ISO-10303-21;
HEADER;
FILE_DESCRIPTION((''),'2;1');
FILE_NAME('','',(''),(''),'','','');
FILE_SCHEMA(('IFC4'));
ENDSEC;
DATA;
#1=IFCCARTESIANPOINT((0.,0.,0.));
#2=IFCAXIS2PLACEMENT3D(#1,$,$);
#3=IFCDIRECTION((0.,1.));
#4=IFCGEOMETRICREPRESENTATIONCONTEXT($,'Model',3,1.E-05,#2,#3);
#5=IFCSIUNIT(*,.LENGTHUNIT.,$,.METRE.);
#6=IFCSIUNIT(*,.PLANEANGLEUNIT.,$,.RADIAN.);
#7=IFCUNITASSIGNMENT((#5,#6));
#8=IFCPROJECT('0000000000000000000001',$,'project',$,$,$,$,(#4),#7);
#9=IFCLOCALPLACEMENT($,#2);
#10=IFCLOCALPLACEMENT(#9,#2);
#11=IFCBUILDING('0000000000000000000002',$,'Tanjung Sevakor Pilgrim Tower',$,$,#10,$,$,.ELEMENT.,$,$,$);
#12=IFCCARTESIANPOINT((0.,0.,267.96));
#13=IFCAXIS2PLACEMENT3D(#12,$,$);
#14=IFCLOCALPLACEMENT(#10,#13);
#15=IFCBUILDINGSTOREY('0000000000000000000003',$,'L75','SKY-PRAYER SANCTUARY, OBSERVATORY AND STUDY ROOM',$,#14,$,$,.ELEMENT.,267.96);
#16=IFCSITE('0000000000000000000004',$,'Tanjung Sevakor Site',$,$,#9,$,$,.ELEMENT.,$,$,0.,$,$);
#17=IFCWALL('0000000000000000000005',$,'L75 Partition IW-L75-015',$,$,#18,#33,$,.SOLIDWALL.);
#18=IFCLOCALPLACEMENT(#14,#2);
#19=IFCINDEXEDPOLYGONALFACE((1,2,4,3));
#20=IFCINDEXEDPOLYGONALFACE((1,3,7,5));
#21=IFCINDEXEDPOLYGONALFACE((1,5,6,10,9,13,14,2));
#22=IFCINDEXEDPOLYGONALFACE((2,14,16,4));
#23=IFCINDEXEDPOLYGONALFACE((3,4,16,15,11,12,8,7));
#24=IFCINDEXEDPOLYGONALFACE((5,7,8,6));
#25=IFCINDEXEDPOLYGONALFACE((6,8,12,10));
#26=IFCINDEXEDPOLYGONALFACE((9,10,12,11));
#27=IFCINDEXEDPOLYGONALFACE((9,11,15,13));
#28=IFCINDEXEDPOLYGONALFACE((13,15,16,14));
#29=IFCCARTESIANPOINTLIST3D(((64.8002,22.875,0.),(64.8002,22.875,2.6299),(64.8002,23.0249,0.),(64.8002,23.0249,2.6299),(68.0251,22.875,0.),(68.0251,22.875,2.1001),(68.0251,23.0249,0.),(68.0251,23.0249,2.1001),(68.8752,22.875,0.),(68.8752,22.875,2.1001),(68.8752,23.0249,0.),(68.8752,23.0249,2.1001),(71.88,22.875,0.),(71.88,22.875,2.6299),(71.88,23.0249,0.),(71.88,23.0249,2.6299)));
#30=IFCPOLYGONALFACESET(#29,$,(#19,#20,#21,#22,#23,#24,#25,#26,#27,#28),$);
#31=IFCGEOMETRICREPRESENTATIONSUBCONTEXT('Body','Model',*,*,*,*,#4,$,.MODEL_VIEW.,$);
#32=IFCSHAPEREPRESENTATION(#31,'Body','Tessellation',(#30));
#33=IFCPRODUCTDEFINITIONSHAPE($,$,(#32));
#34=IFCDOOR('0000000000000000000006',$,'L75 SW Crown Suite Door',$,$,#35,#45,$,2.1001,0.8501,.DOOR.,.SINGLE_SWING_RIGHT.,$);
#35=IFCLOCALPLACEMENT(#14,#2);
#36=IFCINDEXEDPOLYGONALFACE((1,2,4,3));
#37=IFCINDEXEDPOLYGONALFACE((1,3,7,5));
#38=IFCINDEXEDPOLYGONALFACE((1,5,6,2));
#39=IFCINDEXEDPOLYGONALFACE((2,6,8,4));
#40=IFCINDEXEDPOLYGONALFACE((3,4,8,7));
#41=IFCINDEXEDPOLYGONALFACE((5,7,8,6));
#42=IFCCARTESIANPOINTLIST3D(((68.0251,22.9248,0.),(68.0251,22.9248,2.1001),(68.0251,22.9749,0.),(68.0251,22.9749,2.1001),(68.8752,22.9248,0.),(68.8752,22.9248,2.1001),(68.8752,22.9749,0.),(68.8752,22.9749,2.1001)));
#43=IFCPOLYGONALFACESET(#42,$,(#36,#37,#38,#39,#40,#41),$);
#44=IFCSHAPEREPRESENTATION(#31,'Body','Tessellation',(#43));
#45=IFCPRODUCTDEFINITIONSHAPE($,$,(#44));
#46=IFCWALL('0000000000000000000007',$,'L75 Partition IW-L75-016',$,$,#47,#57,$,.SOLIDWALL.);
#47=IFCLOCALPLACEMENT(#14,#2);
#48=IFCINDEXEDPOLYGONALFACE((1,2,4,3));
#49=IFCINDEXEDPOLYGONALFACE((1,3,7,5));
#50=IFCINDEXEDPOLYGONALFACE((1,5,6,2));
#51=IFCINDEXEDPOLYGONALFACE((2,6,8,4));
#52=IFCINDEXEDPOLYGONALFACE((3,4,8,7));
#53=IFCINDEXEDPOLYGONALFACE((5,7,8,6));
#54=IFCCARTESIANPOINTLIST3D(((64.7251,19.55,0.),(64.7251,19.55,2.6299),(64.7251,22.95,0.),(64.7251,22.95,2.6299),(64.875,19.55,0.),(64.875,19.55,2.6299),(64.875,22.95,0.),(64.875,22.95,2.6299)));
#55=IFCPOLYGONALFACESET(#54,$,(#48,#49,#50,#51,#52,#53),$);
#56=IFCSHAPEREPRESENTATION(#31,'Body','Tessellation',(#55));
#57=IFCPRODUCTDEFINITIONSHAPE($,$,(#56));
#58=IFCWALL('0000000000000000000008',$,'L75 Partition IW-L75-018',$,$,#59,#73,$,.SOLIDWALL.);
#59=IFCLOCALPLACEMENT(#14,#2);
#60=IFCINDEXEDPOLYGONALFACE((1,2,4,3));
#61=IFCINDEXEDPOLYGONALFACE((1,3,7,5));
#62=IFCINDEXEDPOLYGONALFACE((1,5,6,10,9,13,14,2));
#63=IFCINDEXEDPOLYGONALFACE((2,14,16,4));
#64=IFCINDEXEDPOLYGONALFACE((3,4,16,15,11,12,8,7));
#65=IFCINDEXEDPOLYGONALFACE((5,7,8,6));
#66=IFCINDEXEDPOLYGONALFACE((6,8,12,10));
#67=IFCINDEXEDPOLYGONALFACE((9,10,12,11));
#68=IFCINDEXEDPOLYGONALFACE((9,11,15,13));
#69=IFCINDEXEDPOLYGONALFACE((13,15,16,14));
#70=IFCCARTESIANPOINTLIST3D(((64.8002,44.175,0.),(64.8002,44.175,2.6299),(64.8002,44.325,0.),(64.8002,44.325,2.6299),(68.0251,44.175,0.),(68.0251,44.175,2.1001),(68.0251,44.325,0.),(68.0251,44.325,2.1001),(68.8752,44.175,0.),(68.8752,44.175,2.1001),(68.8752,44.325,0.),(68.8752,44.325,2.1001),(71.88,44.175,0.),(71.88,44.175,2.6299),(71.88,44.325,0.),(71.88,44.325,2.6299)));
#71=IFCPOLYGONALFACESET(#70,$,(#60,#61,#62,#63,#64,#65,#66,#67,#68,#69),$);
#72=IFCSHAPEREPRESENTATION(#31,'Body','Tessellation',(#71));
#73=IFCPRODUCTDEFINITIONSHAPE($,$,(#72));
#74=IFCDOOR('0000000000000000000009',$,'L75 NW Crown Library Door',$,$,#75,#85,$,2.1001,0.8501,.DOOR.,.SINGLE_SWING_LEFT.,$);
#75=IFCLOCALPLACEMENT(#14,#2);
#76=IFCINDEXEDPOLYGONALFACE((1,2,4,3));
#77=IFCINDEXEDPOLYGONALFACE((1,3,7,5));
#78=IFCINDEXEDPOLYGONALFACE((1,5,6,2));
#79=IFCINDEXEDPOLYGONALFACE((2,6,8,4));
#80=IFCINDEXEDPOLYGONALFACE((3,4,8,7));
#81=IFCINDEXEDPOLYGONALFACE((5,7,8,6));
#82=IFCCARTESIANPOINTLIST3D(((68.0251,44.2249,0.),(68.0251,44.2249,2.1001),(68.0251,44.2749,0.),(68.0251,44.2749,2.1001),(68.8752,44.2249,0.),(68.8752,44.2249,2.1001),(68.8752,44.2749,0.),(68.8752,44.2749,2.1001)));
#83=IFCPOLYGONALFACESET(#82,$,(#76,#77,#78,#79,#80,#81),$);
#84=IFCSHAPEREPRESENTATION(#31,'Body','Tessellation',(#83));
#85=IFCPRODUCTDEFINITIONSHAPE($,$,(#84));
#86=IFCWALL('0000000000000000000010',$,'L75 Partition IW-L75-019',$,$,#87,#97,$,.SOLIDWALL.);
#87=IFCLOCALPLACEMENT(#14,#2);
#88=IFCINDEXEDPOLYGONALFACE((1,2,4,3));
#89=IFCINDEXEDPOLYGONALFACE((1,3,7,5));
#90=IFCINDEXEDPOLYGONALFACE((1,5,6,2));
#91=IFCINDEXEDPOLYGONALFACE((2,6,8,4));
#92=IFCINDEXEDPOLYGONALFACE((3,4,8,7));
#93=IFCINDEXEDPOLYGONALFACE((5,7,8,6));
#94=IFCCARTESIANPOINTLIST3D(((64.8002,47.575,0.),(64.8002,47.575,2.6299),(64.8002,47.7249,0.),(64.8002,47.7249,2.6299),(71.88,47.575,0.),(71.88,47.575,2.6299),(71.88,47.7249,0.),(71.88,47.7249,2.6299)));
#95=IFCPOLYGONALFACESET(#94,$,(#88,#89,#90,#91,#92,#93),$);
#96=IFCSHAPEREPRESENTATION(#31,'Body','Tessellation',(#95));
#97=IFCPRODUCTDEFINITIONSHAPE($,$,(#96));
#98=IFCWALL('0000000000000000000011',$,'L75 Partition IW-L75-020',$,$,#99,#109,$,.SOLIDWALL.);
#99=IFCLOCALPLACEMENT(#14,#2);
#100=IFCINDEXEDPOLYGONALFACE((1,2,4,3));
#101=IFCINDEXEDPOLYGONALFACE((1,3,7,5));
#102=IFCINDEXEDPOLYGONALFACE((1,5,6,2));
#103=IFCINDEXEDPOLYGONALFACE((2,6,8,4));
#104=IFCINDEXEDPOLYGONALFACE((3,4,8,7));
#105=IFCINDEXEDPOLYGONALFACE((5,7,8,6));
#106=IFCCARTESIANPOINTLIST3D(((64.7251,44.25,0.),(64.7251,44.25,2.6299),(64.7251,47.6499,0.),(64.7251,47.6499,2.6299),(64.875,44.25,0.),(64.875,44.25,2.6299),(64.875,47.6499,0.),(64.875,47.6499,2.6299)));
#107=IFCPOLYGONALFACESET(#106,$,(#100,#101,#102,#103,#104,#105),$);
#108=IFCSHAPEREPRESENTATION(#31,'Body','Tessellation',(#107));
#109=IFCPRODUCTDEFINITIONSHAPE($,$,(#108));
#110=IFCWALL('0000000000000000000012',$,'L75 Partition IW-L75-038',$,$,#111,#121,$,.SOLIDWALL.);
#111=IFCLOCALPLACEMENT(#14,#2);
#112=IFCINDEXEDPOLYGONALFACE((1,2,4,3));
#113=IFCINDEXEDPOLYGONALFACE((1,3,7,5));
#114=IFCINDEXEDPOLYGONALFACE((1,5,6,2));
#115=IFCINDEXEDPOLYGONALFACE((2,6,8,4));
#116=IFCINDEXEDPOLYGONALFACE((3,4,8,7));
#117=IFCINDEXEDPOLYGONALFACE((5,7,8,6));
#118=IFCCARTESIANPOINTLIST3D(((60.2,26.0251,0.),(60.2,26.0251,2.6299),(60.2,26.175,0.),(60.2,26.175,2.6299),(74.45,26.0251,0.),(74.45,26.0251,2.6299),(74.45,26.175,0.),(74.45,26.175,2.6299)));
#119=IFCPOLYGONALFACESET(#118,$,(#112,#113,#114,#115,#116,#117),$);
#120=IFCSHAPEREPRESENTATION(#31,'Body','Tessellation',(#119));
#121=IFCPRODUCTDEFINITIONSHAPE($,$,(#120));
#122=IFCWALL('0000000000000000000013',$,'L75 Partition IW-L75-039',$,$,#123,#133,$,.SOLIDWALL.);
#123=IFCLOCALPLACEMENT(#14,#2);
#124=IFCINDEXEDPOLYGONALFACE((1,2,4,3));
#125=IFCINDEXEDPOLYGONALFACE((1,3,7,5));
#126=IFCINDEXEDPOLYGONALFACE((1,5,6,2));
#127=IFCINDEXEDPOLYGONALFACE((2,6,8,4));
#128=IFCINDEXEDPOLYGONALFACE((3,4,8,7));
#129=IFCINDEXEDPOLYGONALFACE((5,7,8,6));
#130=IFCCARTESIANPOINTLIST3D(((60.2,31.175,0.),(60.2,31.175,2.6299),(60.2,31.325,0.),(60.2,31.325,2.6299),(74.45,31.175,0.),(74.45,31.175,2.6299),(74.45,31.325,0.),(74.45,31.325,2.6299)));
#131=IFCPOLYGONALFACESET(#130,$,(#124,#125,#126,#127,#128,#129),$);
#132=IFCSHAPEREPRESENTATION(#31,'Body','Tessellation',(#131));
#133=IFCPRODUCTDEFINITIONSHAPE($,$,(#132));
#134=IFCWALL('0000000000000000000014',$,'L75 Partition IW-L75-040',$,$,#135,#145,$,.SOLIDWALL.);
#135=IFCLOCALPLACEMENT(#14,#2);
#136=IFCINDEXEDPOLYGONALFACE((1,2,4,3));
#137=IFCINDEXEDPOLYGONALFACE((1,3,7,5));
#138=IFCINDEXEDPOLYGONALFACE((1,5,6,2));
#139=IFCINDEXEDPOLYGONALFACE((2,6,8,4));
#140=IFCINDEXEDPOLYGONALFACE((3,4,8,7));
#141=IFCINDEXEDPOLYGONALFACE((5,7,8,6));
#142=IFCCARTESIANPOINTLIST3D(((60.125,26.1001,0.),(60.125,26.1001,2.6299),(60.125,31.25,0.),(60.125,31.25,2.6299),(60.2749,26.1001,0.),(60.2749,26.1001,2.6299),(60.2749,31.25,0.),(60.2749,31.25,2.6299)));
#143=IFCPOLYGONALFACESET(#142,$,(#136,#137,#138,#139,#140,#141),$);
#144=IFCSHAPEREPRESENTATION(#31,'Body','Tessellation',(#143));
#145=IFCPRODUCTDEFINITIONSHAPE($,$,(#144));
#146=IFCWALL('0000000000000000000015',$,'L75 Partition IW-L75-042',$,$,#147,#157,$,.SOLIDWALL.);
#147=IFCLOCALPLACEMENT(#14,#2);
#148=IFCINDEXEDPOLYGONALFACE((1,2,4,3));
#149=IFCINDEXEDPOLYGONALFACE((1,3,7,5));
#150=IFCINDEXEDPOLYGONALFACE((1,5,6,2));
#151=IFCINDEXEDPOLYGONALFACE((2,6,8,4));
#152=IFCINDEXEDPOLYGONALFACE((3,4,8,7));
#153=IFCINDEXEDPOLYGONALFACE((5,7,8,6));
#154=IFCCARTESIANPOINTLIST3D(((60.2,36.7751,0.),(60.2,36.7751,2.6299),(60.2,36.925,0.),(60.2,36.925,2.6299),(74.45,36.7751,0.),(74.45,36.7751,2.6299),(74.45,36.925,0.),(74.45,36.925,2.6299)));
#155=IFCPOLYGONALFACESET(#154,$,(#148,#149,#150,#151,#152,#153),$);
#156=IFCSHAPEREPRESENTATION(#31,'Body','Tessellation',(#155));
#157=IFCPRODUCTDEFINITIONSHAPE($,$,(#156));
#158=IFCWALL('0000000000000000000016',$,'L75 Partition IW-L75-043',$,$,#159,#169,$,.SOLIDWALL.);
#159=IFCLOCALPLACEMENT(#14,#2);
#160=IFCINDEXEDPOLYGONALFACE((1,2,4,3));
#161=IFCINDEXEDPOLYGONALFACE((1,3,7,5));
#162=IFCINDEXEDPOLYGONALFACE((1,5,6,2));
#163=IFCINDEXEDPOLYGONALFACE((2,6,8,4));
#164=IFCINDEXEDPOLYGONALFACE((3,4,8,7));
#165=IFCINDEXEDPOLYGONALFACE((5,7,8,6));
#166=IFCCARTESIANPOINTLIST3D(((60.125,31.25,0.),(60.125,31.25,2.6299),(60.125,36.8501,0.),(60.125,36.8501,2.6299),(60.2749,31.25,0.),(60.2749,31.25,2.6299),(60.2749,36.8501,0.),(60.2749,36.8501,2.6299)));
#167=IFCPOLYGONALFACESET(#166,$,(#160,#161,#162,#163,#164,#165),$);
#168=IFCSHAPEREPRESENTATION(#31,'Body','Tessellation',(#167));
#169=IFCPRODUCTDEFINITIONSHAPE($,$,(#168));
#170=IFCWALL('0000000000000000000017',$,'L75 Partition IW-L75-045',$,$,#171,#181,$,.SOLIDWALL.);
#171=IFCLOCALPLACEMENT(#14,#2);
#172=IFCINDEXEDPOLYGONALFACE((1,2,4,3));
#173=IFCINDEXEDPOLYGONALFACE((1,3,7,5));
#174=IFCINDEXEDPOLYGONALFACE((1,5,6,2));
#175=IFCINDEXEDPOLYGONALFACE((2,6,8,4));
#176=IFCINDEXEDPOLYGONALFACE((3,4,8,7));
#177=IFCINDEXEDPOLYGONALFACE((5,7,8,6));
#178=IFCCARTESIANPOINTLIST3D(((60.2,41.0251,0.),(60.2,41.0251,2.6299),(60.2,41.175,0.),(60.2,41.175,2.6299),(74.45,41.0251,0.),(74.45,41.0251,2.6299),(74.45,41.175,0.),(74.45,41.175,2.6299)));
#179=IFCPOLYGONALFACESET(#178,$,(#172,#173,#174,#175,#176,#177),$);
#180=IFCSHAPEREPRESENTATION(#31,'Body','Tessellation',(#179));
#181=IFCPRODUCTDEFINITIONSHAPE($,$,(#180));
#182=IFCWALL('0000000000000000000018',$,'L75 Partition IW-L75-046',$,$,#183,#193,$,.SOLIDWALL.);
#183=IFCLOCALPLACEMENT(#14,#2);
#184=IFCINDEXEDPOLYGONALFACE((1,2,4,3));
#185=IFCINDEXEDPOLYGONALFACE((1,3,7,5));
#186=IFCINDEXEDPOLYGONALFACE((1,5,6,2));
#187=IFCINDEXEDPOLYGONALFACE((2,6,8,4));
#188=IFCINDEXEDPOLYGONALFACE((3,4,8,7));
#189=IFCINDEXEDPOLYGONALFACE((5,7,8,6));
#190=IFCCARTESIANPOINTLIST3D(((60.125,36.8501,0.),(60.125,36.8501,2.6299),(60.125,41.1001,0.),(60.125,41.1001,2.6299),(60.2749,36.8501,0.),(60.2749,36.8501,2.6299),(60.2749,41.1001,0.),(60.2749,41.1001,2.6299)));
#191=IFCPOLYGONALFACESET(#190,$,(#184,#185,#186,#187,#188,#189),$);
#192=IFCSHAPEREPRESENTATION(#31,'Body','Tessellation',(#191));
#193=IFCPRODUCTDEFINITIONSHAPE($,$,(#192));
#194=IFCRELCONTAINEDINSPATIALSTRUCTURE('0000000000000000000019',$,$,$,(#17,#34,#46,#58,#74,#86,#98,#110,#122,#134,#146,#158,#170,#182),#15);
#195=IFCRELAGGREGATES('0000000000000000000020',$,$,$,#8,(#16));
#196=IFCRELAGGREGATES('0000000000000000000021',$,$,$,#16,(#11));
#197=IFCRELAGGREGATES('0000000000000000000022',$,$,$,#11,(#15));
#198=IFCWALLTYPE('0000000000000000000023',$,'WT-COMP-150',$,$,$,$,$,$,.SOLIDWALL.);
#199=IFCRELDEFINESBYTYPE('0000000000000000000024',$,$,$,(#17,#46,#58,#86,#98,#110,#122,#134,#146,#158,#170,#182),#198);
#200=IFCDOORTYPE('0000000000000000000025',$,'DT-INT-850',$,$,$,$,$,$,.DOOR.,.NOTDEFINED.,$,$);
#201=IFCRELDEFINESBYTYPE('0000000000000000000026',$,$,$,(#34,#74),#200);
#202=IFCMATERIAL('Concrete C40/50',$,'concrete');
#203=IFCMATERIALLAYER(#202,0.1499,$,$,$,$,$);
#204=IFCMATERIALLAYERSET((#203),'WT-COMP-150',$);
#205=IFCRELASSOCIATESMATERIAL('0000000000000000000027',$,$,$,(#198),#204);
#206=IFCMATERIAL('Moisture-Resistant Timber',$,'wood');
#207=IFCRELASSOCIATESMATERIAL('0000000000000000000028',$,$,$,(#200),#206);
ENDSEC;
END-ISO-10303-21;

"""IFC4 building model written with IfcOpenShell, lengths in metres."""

from ifc_helpers import new_model, si_unit, direction, frame, frame_2d, origin, place, context, subcontext, project, spatial, rectangle, extrude, material, layer, layer_set, type_object, element, fill, save


model = new_model("IFC4")

# Units and contexts
model_context = context("Model", 3, precision=1e-05, world=origin(), true_north=direction((0.0, 1.0)))
body_context = subcontext(model_context, "Body", "Model", "MODEL_VIEW")
ifc_project = project(units=[si_unit("LENGTHUNIT", "METRE"), si_unit("PLANEANGLEUNIT", "RADIAN")], contexts=[model_context])

# Site, building, storey
site_placement = place(None, origin())
site = spatial("IfcSite", under=ifc_project, at=site_placement, Name="Tanjung Sevakor Site", CompositionType="ELEMENT", RefElevation=0.0)
building_placement = place(site_placement, origin())
building = spatial("IfcBuilding", under=site, at=building_placement, Name="Tanjung Sevakor Pilgrim Tower", CompositionType="ELEMENT")
storey_placement = place(building_placement, frame((0.0, 0.0, 267.96)))
storey = spatial("IfcBuildingStorey", under=building, at=storey_placement, Name="L75", Description="SKY-PRAYER SANCTUARY, OBSERVATORY AND STUDY ROOM", CompositionType="ELEMENT", Elevation=267.96)

# Shared definitions
ifc_material_1 = material(Name="Concrete C40/50", Category="concrete")
ifc_layer_1 = layer(ifc_material_1, 0.1499)
ifc_layer_set_1 = layer_set([ifc_layer_1], Name="WT-COMP-150")
wall_type_1 = type_object("IfcWallType", Name="WT-COMP-150", PredefinedType="SOLIDWALL", material=ifc_layer_set_1)

# Wall, opening, door
wall_1_placement = place(storey_placement, frame((64.8, 22.95, 0.0), z_axis=(0.0, 0.0, 1.0), x_axis=(1.0, 0.0, 0.0)))
wall_1 = element("IfcWall", 1, at=wall_1_placement, inside=storey, type_object=wall_type_1, Name="L75 Partition IW-L75-015", PredefinedType="SOLIDWALL", context=body_context, shape_type="SweptSolid", body=[
    extrude(rectangle(XDim=7.0798, YDim=0.1499, at=frame_2d((3.54, 0.0))), origin(), (0.0, 0.0, 1.0), 2.6299),
])
opening_1_placement = place(wall_1_placement, frame((3.2251, 0.0, 0.0)))
opening_1 = element("IfcOpeningElement", 2, at=opening_1_placement, cuts=wall_1, PredefinedType="OPENING", context=body_context, shape_type="SweptSolid", body=[
    extrude(rectangle(XDim=0.8501, YDim=2.1001, at=frame_2d((0.425, 1.05))), frame((0.0, 0.085, 0.0), z_axis=(0.0, -1.0, 0.0), x_axis=(1.0, 0.0, 0.0)), (0.0, 0.0, 1.0), 0.1699),
])
ifc_material_2 = material(Name="Moisture-Resistant Timber", Category="wood")
door_type = type_object("IfcDoorType", Name="DT-INT-850", OperationType="NOTDEFINED", PredefinedType="DOOR", material=ifc_material_2)
door_1_placement = place(opening_1_placement, origin())
door_1 = element("IfcDoor", 3, at=door_1_placement, inside=storey, type_object=door_type, Name="L75 SW Crown Suite Door", OperationType="SINGLE_SWING_RIGHT", OverallHeight=2.1001, OverallWidth=0.8501, PredefinedType="DOOR", context=body_context, shape_type="SweptSolid", body=[
    extrude(rectangle(XDim=0.8501, YDim=2.1001, at=frame_2d((0.425, 1.05))), frame((0.0, 0.0249, 0.0), z_axis=(0.0, -1.0, 0.0), x_axis=(1.0, 0.0, 0.0)), (0.0, 0.0, 1.0), 0.05),
])
fill(opening_1, door_1)

# Wall
wall_2_placement = place(storey_placement, frame((64.8, 19.55, 0.0), z_axis=(0.0, 0.0, 1.0), x_axis=(0.0, 1.0, 0.0)))
element("IfcWall", 4, at=wall_2_placement, inside=storey, type_object=wall_type_1, Name="L75 Partition IW-L75-016", PredefinedType="SOLIDWALL", context=body_context, shape_type="SweptSolid", body=[
    extrude(rectangle(XDim=3.3999, YDim=0.1499, at=frame_2d((1.7, 0.0))), origin(), (0.0, 0.0, 1.0), 2.6299),
])

# Wall, opening, door
wall_3_placement = place(storey_placement, frame((64.8, 44.25, 0.0), z_axis=(0.0, 0.0, 1.0), x_axis=(1.0, 0.0, 0.0)))
wall_3 = element("IfcWall", 5, at=wall_3_placement, inside=storey, type_object=wall_type_1, Name="L75 Partition IW-L75-018", PredefinedType="SOLIDWALL", context=body_context, shape_type="SweptSolid", body=[
    extrude(rectangle(XDim=7.0798, YDim=0.1499, at=frame_2d((3.54, 0.0))), origin(), (0.0, 0.0, 1.0), 2.6299),
])
opening_2_placement = place(wall_3_placement, frame((3.2251, 0.0, 0.0)))
opening_2 = element("IfcOpeningElement", 6, at=opening_2_placement, cuts=wall_3, PredefinedType="OPENING", context=body_context, shape_type="SweptSolid", body=[
    extrude(rectangle(XDim=0.8501, YDim=2.1001, at=frame_2d((0.425, 1.05))), frame((0.0, 0.085, 0.0), z_axis=(0.0, -1.0, 0.0), x_axis=(1.0, 0.0, 0.0)), (0.0, 0.0, 1.0), 0.1699),
])
door_2_placement = place(opening_2_placement, origin())
door_2 = element("IfcDoor", 7, at=door_2_placement, inside=storey, type_object=door_type, Name="L75 NW Crown Library Door", OperationType="SINGLE_SWING_LEFT", OverallHeight=2.1001, OverallWidth=0.8501, PredefinedType="DOOR", context=body_context, shape_type="SweptSolid", body=[
    extrude(rectangle(XDim=0.8501, YDim=2.1001, at=frame_2d((0.425, 1.05))), frame((0.0, 0.0249, 0.0), z_axis=(0.0, -1.0, 0.0), x_axis=(1.0, 0.0, 0.0)), (0.0, 0.0, 1.0), 0.05),
])
fill(opening_2, door_2)

# Walls
wall_4_placement = place(storey_placement, frame((64.8, 47.6499, 0.0), z_axis=(0.0, 0.0, 1.0), x_axis=(1.0, 0.0, 0.0)))
element("IfcWall", 8, at=wall_4_placement, inside=storey, type_object=wall_type_1, Name="L75 Partition IW-L75-019", PredefinedType="SOLIDWALL", context=body_context, shape_type="SweptSolid", body=[
    extrude(rectangle(XDim=7.0798, YDim=0.1499, at=frame_2d((3.54, 0.0))), origin(), (0.0, 0.0, 1.0), 2.6299),
])
wall_5_placement = place(storey_placement, frame((64.8, 44.25, 0.0), z_axis=(0.0, 0.0, 1.0), x_axis=(0.0, 1.0, 0.0)))
element("IfcWall", 9, at=wall_5_placement, inside=storey, type_object=wall_type_1, Name="L75 Partition IW-L75-020", PredefinedType="SOLIDWALL", context=body_context, shape_type="SweptSolid", body=[
    extrude(rectangle(XDim=3.3999, YDim=0.1499, at=frame_2d((1.7, 0.0))), origin(), (0.0, 0.0, 1.0), 2.6299),
])
for number, where, z_axis, x_axis, name in (
    (10, (60.2, 26.1001, 0.0), (0.0, 0.0, 1.0), (1.0, 0.0, 0.0), "L75 Partition IW-L75-038"),
    (11, (60.2, 31.25, 0.0), (0.0, 0.0, 1.0), (1.0, 0.0, 0.0), "L75 Partition IW-L75-039"),
):
    element("IfcWall", number, at=place(storey_placement, frame(where, z_axis=z_axis, x_axis=x_axis)), inside=storey, type_object=wall_type_1, Name=name, PredefinedType="SOLIDWALL", context=body_context, shape_type="SweptSolid", body=[
        extrude(rectangle(XDim=14.25, YDim=0.1499, at=frame_2d((7.125, 0.0))), origin(), (0.0, 0.0, 1.0), 2.6299),
    ])
wall_6_placement = place(storey_placement, frame((60.2, 26.1001, 0.0), z_axis=(0.0, 0.0, 1.0), x_axis=(0.0, 1.0, 0.0)))
element("IfcWall", 12, at=wall_6_placement, inside=storey, type_object=wall_type_1, Name="L75 Partition IW-L75-040", PredefinedType="SOLIDWALL", context=body_context, shape_type="SweptSolid", body=[
    extrude(rectangle(XDim=5.1499, YDim=0.1499, at=frame_2d((2.575, 0.0))), origin(), (0.0, 0.0, 1.0), 2.6299),
])
wall_7_placement = place(storey_placement, frame((60.2, 36.8501, 0.0), z_axis=(0.0, 0.0, 1.0), x_axis=(1.0, 0.0, 0.0)))
element("IfcWall", 13, at=wall_7_placement, inside=storey, type_object=wall_type_1, Name="L75 Partition IW-L75-042", PredefinedType="SOLIDWALL", context=body_context, shape_type="SweptSolid", body=[
    extrude(rectangle(XDim=14.25, YDim=0.1499, at=frame_2d((7.125, 0.0))), origin(), (0.0, 0.0, 1.0), 2.6299),
])
wall_8_placement = place(storey_placement, frame((60.2, 31.25, 0.0), z_axis=(0.0, 0.0, 1.0), x_axis=(0.0, 1.0, 0.0)))
element("IfcWall", 14, at=wall_8_placement, inside=storey, type_object=wall_type_1, Name="L75 Partition IW-L75-043", PredefinedType="SOLIDWALL", context=body_context, shape_type="SweptSolid", body=[
    extrude(rectangle(XDim=5.6001, YDim=0.1499, at=frame_2d((2.8, 0.0))), origin(), (0.0, 0.0, 1.0), 2.6299),
])
wall_9_placement = place(storey_placement, frame((60.2, 41.1001, 0.0), z_axis=(0.0, 0.0, 1.0), x_axis=(1.0, 0.0, 0.0)))
element("IfcWall", 15, at=wall_9_placement, inside=storey, type_object=wall_type_1, Name="L75 Partition IW-L75-045", PredefinedType="SOLIDWALL", context=body_context, shape_type="SweptSolid", body=[
    extrude(rectangle(XDim=14.25, YDim=0.1499, at=frame_2d((7.125, 0.0))), origin(), (0.0, 0.0, 1.0), 2.6299),
])
wall_10_placement = place(storey_placement, frame((60.2, 36.8501, 0.0), z_axis=(0.0, 0.0, 1.0), x_axis=(0.0, 1.0, 0.0)))
element("IfcWall", 16, at=wall_10_placement, inside=storey, type_object=wall_type_1, Name="L75 Partition IW-L75-046", PredefinedType="SOLIDWALL", context=body_context, shape_type="SweptSolid", body=[
    extrude(rectangle(XDim=4.25, YDim=0.1499, at=frame_2d((2.125, 0.0))), origin(), (0.0, 0.0, 1.0), 2.6299),
])

save(model, "model.ifc")
